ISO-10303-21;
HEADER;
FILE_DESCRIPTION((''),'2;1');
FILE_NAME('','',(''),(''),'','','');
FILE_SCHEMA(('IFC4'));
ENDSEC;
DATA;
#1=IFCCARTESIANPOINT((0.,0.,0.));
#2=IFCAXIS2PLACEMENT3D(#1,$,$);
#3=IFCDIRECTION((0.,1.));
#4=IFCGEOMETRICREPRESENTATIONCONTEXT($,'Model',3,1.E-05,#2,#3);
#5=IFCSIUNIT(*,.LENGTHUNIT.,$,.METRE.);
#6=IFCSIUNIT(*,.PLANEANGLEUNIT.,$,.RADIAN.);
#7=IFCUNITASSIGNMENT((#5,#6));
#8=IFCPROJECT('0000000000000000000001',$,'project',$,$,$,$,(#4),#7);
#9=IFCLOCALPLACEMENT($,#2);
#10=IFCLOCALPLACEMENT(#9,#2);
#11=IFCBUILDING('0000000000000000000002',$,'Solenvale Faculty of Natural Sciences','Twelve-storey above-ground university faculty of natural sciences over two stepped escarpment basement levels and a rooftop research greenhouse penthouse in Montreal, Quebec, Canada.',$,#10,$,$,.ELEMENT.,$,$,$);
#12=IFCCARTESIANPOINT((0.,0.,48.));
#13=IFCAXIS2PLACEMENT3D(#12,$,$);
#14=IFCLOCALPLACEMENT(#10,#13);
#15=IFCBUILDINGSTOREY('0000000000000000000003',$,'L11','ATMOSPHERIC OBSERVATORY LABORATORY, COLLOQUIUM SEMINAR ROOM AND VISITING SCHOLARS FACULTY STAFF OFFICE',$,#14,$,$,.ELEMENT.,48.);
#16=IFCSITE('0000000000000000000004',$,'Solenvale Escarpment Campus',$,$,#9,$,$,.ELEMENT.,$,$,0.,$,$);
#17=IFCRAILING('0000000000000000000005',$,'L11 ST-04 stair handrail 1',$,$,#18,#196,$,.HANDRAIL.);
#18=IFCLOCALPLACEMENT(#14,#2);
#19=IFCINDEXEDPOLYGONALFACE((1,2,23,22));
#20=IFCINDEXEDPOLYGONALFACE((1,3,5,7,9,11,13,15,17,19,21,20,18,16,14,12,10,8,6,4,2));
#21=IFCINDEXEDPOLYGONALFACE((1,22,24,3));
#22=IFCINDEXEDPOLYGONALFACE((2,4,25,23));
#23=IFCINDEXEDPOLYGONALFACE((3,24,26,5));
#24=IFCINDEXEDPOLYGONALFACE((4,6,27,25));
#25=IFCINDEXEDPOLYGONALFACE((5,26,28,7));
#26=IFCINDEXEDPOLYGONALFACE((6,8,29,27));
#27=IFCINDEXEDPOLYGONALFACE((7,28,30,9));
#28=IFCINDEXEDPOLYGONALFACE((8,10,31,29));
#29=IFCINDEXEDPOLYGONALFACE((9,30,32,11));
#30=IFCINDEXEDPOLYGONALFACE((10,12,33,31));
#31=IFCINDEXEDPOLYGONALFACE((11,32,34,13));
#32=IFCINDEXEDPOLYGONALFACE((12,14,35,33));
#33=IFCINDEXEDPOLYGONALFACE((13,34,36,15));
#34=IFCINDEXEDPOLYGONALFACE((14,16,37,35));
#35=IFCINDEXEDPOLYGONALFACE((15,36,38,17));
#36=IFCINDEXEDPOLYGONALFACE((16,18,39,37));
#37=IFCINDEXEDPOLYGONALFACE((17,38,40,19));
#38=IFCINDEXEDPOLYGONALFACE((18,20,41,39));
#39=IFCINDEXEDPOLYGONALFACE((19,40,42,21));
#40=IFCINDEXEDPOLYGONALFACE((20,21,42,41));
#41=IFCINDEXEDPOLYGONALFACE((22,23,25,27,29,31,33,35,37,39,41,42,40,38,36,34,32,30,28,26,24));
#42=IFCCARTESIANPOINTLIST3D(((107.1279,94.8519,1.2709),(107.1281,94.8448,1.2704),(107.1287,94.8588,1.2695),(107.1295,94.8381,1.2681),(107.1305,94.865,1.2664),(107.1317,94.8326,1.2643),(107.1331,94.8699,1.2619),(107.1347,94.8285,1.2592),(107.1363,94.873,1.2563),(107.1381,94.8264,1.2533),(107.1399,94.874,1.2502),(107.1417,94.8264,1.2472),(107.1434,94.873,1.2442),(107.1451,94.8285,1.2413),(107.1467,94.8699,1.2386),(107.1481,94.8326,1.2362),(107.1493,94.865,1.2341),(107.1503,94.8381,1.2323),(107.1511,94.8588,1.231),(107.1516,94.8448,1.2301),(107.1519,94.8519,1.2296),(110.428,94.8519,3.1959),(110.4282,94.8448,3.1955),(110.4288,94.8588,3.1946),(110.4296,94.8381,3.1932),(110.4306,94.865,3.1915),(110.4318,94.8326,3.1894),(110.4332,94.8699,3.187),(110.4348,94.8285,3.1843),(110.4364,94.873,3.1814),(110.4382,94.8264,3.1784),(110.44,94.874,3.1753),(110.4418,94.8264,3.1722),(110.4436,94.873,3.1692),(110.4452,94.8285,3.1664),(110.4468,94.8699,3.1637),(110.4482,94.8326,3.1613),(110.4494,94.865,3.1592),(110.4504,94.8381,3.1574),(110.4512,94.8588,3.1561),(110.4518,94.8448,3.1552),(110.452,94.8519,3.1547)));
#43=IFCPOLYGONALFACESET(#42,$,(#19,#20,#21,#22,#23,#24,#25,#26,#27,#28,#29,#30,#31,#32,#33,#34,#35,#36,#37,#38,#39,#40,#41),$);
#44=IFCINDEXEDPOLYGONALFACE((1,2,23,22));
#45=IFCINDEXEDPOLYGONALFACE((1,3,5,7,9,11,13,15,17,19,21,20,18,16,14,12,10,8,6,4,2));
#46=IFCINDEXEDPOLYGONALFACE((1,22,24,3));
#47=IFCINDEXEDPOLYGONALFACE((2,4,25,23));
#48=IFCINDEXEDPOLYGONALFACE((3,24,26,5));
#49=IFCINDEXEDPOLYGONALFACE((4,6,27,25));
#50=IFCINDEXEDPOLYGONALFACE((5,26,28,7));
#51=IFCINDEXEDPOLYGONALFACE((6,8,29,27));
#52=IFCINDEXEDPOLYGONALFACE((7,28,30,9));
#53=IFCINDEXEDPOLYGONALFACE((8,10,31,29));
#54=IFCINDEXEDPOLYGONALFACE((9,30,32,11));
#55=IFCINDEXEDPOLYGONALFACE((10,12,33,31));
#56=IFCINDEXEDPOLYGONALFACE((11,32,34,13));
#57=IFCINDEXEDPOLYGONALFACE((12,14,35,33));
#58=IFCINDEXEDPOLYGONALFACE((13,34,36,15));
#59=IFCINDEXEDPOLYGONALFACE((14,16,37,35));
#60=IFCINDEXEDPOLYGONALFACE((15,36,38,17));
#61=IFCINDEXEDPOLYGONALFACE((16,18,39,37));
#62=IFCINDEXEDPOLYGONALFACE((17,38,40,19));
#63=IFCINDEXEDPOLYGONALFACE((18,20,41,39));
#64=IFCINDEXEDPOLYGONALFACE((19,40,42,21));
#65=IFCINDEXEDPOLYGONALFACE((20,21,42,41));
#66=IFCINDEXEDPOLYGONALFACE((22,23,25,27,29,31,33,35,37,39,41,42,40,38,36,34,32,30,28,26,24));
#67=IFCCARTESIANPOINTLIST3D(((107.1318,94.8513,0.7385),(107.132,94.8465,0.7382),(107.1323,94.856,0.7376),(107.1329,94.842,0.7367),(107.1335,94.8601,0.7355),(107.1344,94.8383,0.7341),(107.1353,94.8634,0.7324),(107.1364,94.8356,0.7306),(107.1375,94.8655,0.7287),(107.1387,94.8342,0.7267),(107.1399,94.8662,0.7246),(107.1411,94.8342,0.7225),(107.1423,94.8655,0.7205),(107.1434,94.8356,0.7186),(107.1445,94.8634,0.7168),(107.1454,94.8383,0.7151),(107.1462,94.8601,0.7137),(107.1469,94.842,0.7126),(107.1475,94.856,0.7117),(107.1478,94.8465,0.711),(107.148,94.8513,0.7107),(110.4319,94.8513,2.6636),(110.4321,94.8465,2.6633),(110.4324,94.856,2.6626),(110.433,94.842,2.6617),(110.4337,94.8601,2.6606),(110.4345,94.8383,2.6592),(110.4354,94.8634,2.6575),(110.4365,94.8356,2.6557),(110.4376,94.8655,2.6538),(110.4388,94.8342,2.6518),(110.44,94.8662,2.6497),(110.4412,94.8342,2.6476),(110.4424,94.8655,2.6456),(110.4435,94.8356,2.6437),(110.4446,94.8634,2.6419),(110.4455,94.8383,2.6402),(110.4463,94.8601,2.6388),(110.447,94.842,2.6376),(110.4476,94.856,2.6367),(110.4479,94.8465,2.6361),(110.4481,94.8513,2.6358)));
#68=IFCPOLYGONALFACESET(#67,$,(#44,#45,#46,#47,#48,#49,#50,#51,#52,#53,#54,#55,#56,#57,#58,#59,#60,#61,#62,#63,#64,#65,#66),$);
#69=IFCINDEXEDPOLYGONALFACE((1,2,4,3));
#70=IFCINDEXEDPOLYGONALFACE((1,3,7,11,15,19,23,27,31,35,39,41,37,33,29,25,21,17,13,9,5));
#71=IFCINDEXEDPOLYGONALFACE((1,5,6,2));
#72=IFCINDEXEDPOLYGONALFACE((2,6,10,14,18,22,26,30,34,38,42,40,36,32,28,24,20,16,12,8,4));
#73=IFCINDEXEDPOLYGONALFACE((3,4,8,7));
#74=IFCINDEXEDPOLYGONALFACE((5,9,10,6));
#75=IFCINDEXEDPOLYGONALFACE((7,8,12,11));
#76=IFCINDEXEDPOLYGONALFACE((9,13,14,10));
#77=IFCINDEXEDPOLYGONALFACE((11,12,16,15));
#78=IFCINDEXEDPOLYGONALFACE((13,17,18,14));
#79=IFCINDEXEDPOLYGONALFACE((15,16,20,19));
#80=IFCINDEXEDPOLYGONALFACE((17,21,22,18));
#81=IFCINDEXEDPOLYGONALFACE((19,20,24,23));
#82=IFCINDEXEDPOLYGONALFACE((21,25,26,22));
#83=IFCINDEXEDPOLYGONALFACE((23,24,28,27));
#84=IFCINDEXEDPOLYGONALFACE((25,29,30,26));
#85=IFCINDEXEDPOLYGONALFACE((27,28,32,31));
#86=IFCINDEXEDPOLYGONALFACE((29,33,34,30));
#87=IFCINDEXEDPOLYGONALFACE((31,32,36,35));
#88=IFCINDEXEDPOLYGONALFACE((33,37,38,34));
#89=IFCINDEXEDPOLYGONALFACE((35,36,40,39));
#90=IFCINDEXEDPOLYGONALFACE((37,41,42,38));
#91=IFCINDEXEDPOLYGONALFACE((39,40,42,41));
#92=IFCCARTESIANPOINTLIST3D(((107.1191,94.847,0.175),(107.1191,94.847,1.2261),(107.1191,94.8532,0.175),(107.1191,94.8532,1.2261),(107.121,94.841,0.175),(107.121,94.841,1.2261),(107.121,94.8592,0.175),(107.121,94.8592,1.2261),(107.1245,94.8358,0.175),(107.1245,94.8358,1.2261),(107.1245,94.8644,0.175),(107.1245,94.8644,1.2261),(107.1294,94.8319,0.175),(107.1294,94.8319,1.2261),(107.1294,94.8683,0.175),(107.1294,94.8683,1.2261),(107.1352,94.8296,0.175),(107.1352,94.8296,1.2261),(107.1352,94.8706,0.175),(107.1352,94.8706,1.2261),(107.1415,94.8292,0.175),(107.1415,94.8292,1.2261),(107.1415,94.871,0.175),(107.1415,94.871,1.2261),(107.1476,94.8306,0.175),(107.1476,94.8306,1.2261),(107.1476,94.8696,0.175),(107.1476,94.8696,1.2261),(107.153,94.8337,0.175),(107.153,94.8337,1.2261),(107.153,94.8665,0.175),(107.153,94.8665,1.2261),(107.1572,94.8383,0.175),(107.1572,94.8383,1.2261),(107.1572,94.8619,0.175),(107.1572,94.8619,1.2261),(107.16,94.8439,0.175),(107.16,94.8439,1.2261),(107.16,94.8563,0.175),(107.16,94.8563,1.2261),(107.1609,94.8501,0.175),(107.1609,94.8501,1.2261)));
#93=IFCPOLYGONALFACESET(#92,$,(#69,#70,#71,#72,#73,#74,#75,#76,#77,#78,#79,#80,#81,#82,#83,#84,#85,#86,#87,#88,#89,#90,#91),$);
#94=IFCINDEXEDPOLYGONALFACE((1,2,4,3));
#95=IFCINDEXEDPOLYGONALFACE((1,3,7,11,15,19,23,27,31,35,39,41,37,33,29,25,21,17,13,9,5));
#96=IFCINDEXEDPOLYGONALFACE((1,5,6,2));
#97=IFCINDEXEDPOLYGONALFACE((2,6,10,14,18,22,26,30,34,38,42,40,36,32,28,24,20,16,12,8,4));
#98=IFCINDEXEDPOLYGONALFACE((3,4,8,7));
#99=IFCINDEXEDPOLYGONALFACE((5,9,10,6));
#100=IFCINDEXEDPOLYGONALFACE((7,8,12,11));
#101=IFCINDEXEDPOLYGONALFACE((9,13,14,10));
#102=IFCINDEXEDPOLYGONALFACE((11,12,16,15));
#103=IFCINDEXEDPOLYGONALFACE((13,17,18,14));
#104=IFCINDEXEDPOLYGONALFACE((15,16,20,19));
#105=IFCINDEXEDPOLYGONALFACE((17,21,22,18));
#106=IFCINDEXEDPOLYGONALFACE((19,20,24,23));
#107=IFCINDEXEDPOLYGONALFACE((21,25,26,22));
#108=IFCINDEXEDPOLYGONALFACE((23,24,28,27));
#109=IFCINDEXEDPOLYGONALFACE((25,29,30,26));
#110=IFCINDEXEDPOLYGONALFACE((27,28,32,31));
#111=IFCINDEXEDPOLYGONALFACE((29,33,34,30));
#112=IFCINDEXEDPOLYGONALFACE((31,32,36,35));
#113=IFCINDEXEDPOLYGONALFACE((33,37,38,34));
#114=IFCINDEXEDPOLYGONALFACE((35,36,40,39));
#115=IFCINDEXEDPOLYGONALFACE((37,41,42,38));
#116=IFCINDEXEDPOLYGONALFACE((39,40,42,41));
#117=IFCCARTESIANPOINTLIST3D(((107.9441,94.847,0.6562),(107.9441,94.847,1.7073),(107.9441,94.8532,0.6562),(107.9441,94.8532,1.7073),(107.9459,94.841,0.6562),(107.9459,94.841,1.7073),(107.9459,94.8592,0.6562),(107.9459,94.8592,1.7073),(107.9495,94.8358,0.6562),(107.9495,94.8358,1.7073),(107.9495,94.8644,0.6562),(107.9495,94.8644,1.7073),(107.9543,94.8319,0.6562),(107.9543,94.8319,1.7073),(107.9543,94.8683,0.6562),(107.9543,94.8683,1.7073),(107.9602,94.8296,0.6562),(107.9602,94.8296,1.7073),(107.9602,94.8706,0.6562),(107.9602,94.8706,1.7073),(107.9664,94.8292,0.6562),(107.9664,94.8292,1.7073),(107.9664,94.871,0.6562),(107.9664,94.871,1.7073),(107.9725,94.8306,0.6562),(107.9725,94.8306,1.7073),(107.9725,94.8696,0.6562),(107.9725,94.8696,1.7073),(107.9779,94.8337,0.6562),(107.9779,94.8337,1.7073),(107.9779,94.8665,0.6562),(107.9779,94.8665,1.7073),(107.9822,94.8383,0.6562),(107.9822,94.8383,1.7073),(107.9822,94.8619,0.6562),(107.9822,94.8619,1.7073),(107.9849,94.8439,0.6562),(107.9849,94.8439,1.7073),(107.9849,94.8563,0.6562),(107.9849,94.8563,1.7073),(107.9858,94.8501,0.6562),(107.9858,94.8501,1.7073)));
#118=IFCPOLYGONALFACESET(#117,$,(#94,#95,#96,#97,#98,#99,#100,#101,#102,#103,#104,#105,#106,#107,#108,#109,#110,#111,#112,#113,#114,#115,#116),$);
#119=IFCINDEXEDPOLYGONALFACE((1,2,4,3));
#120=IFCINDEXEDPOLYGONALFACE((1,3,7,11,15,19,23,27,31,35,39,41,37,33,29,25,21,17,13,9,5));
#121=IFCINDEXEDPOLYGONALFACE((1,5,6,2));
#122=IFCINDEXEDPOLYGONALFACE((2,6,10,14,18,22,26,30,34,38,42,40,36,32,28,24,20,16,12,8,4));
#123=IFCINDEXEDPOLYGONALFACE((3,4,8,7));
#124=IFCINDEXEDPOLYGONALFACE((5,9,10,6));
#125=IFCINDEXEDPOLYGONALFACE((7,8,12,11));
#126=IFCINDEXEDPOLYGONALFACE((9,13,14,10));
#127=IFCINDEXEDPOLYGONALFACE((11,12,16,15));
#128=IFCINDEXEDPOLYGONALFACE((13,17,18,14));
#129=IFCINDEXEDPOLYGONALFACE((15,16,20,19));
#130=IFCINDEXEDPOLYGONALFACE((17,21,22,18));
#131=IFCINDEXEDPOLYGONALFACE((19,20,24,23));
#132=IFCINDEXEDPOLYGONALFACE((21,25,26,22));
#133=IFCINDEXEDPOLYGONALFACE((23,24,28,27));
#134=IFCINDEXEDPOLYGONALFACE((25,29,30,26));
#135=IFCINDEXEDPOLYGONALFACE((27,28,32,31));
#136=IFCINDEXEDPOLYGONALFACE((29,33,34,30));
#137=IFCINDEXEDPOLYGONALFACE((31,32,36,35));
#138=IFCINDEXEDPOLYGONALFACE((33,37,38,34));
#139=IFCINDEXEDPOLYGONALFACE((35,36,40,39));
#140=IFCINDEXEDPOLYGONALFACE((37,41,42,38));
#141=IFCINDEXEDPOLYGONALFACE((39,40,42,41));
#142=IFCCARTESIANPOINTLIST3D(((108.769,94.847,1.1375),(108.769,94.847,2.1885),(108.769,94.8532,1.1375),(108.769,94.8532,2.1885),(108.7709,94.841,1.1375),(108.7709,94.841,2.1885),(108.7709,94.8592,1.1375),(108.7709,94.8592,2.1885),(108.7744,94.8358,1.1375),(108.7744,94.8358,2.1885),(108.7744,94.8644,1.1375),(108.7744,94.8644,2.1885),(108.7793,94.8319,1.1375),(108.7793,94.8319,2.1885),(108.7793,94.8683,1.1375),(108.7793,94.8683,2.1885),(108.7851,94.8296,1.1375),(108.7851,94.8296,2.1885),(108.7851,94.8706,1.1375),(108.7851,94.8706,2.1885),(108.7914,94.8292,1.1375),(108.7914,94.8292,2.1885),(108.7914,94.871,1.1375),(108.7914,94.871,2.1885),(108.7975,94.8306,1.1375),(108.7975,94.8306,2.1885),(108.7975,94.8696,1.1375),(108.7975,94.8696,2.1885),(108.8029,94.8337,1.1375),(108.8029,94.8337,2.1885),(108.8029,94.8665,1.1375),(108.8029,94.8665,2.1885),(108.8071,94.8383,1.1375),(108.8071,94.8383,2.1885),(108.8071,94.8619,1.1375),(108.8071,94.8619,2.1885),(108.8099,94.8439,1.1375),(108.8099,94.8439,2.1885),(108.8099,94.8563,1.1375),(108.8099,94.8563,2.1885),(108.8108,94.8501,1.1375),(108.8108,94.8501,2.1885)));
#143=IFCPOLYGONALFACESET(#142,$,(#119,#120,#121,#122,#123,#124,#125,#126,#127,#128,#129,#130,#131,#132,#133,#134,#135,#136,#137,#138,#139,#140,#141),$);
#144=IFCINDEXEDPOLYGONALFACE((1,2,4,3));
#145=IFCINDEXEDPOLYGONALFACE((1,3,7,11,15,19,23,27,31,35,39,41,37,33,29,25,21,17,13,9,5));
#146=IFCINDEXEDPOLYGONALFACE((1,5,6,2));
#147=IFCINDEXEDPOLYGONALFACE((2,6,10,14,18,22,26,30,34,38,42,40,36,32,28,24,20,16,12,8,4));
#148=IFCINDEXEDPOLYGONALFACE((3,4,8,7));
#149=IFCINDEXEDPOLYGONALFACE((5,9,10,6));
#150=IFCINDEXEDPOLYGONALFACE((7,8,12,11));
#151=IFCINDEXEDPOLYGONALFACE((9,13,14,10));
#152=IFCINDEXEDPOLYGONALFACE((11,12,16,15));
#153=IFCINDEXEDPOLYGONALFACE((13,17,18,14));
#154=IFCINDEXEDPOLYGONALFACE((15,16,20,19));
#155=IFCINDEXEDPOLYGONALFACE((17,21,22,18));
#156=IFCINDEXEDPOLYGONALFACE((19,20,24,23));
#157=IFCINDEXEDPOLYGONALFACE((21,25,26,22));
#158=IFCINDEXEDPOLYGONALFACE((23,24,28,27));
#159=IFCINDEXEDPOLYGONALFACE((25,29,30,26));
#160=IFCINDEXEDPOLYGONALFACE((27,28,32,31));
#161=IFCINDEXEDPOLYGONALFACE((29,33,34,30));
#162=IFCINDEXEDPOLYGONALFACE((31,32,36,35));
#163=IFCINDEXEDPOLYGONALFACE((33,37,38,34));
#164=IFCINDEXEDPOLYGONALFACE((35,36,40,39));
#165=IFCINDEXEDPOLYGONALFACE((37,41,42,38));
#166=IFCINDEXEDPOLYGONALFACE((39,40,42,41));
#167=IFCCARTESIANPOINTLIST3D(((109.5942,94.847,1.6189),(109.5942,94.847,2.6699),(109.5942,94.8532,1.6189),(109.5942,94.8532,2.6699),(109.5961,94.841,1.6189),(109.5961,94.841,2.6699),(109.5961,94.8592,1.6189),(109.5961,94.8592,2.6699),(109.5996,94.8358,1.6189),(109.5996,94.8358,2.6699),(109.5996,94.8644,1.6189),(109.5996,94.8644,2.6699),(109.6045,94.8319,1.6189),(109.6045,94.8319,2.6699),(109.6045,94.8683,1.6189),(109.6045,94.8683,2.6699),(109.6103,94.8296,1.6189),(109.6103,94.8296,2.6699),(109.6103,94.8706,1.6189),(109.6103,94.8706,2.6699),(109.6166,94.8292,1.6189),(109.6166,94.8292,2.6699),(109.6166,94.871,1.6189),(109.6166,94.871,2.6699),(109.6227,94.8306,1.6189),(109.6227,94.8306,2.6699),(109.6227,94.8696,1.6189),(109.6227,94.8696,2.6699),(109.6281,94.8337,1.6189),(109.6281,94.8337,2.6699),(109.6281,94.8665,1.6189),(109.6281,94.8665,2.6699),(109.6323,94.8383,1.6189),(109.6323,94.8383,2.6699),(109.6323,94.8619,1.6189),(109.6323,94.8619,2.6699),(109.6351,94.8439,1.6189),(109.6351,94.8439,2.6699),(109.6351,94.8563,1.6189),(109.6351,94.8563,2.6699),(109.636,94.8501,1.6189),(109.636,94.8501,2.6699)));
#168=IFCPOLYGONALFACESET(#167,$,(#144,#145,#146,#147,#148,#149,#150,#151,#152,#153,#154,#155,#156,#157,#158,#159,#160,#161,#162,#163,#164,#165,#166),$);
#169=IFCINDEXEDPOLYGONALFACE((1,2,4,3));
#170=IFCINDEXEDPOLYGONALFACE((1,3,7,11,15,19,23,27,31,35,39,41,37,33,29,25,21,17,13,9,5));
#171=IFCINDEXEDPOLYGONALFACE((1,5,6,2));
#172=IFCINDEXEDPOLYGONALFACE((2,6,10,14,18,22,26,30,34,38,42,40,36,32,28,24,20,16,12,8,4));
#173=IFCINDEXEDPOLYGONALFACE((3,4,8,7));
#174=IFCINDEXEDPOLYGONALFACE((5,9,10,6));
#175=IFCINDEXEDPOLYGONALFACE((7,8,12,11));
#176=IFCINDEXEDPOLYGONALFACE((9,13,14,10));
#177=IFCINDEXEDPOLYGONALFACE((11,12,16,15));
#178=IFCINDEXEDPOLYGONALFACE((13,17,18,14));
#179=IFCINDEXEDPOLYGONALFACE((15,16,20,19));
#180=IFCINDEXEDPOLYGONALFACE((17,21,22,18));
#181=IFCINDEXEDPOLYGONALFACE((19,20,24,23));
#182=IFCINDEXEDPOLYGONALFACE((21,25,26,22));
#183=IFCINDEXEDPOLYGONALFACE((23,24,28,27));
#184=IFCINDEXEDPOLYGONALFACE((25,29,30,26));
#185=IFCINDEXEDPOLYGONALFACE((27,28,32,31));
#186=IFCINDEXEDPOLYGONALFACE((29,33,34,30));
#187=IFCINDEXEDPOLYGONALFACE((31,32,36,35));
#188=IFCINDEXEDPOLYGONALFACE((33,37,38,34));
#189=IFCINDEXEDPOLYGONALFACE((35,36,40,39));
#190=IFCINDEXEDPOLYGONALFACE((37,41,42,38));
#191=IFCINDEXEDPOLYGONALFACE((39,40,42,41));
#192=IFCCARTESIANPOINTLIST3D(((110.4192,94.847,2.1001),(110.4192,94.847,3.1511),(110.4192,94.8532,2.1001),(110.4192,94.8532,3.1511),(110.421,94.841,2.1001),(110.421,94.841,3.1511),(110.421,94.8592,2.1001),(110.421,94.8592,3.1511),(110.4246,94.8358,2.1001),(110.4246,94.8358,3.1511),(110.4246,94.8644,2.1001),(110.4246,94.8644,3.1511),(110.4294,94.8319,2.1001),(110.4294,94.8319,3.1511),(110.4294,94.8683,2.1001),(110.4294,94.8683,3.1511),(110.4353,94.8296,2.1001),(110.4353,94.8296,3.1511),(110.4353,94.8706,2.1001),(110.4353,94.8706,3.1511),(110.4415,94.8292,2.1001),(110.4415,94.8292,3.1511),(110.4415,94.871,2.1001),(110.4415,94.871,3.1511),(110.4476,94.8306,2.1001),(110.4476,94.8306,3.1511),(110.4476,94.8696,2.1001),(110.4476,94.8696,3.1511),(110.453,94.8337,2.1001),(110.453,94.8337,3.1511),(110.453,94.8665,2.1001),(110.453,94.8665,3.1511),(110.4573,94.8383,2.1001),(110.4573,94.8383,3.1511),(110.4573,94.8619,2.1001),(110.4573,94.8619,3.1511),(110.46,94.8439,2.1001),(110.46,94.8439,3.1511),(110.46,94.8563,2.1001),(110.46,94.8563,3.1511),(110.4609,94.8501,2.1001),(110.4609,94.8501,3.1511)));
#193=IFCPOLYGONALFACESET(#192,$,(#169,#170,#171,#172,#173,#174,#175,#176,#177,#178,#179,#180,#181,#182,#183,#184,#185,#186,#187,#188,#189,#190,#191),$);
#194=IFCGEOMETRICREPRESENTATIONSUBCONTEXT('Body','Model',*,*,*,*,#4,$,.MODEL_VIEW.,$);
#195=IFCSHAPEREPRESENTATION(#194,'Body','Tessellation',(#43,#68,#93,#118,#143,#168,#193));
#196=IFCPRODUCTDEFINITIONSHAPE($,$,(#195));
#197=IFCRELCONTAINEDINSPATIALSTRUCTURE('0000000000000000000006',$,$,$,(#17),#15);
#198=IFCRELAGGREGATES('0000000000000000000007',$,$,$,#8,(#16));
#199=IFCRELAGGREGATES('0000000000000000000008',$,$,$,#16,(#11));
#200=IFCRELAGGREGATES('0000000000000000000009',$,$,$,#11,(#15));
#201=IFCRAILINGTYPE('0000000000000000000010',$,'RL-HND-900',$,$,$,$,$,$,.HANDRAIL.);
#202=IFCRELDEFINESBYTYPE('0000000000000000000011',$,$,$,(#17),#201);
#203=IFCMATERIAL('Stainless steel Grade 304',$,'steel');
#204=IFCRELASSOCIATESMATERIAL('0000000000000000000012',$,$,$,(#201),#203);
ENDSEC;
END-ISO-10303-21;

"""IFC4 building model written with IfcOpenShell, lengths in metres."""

from ifc_helpers import new_model, si_unit, direction, frame, origin, origin_2d, place, context, subcontext, project, spatial, circle, extrude, material, type_object, element, save


model = new_model("IFC4")

# Units and contexts
model_context = context("Model", 3, precision=1e-05, world=origin(), true_north=direction((0.0, 1.0)))
body_context = subcontext(model_context, "Body", "Model", "MODEL_VIEW")
ifc_project = project(units=[si_unit("LENGTHUNIT", "METRE"), si_unit("PLANEANGLEUNIT", "RADIAN")], contexts=[model_context])

# Site, building, storey
site_placement = place(None, origin())
site = spatial("IfcSite", under=ifc_project, at=site_placement, Name="Solenvale Escarpment Campus", CompositionType="ELEMENT", RefElevation=0.0)
building_placement = place(site_placement, origin())
building = spatial("IfcBuilding", under=site, at=building_placement, Name="Solenvale Faculty of Natural Sciences", Description="Twelve-storey above-ground university faculty of natural sciences over two stepped escarpment basement levels and a rooftop research greenhouse penthouse in Montreal, Quebec, Canada.", CompositionType="ELEMENT")
storey_placement = place(building_placement, frame((0.0, 0.0, 48.0)))
storey = spatial("IfcBuildingStorey", under=building, at=storey_placement, Name="L11", Description="ATMOSPHERIC OBSERVATORY LABORATORY, COLLOQUIUM SEMINAR ROOM AND VISITING SCHOLARS FACULTY STAFF OFFICE", CompositionType="ELEMENT", Elevation=48.0)

# Railing
ifc_material_1 = material(Name="Stainless steel Grade 304", Category="steel")
railing_type_1 = type_object("IfcRailingType", Name="RL-HND-900", PredefinedType="HANDRAIL", material=ifc_material_1)
railing_1_placement = place(storey_placement, frame((107.1399, 94.8501, 0.175)))
element("IfcRailing", 1, at=railing_1_placement, inside=storey, type_object=railing_type_1, Name="L11 ST-04 stair handrail 1", PredefinedType="HANDRAIL", context=body_context, shape_type="SweptSolid", body=[
    extrude(circle(Radius=0.0239, at=origin_2d()), frame((0.0, 0.0, 1.0752), z_axis=(0.863777, 0.0, 0.503875), x_axis=(0.0, 1.0, 0.0)), (0.0, 0.0, 1.0), 3.8206),
    extrude(circle(Radius=0.0161, at=origin_2d()), frame((0.0, 0.0, 0.5496), z_axis=(0.863777, 0.0, 0.503875), x_axis=(0.0, 1.0, 0.0)), (0.0, 0.0, 1.0), 3.8206),
    extrude(circle(Radius=0.021, at=origin_2d()), origin(), (0.0, 0.0, 1.0), 1.051),
    extrude(circle(Radius=0.021, at=origin_2d()), frame((0.825, 0.0, 0.4812)), (0.0, 0.0, 1.0), 1.051),
    extrude(circle(Radius=0.021, at=origin_2d()), frame((1.6499, 0.0, 0.9624)), (0.0, 0.0, 1.0), 1.051),
    extrude(circle(Radius=0.021, at=origin_2d()), frame((2.4751, 0.0, 1.4438)), (0.0, 0.0, 1.0), 1.051),
    extrude(circle(Radius=0.021, at=origin_2d()), frame((3.3, 0.0, 1.925)), (0.0, 0.0, 1.0), 1.051),
])

save(model, "model.ifc")
